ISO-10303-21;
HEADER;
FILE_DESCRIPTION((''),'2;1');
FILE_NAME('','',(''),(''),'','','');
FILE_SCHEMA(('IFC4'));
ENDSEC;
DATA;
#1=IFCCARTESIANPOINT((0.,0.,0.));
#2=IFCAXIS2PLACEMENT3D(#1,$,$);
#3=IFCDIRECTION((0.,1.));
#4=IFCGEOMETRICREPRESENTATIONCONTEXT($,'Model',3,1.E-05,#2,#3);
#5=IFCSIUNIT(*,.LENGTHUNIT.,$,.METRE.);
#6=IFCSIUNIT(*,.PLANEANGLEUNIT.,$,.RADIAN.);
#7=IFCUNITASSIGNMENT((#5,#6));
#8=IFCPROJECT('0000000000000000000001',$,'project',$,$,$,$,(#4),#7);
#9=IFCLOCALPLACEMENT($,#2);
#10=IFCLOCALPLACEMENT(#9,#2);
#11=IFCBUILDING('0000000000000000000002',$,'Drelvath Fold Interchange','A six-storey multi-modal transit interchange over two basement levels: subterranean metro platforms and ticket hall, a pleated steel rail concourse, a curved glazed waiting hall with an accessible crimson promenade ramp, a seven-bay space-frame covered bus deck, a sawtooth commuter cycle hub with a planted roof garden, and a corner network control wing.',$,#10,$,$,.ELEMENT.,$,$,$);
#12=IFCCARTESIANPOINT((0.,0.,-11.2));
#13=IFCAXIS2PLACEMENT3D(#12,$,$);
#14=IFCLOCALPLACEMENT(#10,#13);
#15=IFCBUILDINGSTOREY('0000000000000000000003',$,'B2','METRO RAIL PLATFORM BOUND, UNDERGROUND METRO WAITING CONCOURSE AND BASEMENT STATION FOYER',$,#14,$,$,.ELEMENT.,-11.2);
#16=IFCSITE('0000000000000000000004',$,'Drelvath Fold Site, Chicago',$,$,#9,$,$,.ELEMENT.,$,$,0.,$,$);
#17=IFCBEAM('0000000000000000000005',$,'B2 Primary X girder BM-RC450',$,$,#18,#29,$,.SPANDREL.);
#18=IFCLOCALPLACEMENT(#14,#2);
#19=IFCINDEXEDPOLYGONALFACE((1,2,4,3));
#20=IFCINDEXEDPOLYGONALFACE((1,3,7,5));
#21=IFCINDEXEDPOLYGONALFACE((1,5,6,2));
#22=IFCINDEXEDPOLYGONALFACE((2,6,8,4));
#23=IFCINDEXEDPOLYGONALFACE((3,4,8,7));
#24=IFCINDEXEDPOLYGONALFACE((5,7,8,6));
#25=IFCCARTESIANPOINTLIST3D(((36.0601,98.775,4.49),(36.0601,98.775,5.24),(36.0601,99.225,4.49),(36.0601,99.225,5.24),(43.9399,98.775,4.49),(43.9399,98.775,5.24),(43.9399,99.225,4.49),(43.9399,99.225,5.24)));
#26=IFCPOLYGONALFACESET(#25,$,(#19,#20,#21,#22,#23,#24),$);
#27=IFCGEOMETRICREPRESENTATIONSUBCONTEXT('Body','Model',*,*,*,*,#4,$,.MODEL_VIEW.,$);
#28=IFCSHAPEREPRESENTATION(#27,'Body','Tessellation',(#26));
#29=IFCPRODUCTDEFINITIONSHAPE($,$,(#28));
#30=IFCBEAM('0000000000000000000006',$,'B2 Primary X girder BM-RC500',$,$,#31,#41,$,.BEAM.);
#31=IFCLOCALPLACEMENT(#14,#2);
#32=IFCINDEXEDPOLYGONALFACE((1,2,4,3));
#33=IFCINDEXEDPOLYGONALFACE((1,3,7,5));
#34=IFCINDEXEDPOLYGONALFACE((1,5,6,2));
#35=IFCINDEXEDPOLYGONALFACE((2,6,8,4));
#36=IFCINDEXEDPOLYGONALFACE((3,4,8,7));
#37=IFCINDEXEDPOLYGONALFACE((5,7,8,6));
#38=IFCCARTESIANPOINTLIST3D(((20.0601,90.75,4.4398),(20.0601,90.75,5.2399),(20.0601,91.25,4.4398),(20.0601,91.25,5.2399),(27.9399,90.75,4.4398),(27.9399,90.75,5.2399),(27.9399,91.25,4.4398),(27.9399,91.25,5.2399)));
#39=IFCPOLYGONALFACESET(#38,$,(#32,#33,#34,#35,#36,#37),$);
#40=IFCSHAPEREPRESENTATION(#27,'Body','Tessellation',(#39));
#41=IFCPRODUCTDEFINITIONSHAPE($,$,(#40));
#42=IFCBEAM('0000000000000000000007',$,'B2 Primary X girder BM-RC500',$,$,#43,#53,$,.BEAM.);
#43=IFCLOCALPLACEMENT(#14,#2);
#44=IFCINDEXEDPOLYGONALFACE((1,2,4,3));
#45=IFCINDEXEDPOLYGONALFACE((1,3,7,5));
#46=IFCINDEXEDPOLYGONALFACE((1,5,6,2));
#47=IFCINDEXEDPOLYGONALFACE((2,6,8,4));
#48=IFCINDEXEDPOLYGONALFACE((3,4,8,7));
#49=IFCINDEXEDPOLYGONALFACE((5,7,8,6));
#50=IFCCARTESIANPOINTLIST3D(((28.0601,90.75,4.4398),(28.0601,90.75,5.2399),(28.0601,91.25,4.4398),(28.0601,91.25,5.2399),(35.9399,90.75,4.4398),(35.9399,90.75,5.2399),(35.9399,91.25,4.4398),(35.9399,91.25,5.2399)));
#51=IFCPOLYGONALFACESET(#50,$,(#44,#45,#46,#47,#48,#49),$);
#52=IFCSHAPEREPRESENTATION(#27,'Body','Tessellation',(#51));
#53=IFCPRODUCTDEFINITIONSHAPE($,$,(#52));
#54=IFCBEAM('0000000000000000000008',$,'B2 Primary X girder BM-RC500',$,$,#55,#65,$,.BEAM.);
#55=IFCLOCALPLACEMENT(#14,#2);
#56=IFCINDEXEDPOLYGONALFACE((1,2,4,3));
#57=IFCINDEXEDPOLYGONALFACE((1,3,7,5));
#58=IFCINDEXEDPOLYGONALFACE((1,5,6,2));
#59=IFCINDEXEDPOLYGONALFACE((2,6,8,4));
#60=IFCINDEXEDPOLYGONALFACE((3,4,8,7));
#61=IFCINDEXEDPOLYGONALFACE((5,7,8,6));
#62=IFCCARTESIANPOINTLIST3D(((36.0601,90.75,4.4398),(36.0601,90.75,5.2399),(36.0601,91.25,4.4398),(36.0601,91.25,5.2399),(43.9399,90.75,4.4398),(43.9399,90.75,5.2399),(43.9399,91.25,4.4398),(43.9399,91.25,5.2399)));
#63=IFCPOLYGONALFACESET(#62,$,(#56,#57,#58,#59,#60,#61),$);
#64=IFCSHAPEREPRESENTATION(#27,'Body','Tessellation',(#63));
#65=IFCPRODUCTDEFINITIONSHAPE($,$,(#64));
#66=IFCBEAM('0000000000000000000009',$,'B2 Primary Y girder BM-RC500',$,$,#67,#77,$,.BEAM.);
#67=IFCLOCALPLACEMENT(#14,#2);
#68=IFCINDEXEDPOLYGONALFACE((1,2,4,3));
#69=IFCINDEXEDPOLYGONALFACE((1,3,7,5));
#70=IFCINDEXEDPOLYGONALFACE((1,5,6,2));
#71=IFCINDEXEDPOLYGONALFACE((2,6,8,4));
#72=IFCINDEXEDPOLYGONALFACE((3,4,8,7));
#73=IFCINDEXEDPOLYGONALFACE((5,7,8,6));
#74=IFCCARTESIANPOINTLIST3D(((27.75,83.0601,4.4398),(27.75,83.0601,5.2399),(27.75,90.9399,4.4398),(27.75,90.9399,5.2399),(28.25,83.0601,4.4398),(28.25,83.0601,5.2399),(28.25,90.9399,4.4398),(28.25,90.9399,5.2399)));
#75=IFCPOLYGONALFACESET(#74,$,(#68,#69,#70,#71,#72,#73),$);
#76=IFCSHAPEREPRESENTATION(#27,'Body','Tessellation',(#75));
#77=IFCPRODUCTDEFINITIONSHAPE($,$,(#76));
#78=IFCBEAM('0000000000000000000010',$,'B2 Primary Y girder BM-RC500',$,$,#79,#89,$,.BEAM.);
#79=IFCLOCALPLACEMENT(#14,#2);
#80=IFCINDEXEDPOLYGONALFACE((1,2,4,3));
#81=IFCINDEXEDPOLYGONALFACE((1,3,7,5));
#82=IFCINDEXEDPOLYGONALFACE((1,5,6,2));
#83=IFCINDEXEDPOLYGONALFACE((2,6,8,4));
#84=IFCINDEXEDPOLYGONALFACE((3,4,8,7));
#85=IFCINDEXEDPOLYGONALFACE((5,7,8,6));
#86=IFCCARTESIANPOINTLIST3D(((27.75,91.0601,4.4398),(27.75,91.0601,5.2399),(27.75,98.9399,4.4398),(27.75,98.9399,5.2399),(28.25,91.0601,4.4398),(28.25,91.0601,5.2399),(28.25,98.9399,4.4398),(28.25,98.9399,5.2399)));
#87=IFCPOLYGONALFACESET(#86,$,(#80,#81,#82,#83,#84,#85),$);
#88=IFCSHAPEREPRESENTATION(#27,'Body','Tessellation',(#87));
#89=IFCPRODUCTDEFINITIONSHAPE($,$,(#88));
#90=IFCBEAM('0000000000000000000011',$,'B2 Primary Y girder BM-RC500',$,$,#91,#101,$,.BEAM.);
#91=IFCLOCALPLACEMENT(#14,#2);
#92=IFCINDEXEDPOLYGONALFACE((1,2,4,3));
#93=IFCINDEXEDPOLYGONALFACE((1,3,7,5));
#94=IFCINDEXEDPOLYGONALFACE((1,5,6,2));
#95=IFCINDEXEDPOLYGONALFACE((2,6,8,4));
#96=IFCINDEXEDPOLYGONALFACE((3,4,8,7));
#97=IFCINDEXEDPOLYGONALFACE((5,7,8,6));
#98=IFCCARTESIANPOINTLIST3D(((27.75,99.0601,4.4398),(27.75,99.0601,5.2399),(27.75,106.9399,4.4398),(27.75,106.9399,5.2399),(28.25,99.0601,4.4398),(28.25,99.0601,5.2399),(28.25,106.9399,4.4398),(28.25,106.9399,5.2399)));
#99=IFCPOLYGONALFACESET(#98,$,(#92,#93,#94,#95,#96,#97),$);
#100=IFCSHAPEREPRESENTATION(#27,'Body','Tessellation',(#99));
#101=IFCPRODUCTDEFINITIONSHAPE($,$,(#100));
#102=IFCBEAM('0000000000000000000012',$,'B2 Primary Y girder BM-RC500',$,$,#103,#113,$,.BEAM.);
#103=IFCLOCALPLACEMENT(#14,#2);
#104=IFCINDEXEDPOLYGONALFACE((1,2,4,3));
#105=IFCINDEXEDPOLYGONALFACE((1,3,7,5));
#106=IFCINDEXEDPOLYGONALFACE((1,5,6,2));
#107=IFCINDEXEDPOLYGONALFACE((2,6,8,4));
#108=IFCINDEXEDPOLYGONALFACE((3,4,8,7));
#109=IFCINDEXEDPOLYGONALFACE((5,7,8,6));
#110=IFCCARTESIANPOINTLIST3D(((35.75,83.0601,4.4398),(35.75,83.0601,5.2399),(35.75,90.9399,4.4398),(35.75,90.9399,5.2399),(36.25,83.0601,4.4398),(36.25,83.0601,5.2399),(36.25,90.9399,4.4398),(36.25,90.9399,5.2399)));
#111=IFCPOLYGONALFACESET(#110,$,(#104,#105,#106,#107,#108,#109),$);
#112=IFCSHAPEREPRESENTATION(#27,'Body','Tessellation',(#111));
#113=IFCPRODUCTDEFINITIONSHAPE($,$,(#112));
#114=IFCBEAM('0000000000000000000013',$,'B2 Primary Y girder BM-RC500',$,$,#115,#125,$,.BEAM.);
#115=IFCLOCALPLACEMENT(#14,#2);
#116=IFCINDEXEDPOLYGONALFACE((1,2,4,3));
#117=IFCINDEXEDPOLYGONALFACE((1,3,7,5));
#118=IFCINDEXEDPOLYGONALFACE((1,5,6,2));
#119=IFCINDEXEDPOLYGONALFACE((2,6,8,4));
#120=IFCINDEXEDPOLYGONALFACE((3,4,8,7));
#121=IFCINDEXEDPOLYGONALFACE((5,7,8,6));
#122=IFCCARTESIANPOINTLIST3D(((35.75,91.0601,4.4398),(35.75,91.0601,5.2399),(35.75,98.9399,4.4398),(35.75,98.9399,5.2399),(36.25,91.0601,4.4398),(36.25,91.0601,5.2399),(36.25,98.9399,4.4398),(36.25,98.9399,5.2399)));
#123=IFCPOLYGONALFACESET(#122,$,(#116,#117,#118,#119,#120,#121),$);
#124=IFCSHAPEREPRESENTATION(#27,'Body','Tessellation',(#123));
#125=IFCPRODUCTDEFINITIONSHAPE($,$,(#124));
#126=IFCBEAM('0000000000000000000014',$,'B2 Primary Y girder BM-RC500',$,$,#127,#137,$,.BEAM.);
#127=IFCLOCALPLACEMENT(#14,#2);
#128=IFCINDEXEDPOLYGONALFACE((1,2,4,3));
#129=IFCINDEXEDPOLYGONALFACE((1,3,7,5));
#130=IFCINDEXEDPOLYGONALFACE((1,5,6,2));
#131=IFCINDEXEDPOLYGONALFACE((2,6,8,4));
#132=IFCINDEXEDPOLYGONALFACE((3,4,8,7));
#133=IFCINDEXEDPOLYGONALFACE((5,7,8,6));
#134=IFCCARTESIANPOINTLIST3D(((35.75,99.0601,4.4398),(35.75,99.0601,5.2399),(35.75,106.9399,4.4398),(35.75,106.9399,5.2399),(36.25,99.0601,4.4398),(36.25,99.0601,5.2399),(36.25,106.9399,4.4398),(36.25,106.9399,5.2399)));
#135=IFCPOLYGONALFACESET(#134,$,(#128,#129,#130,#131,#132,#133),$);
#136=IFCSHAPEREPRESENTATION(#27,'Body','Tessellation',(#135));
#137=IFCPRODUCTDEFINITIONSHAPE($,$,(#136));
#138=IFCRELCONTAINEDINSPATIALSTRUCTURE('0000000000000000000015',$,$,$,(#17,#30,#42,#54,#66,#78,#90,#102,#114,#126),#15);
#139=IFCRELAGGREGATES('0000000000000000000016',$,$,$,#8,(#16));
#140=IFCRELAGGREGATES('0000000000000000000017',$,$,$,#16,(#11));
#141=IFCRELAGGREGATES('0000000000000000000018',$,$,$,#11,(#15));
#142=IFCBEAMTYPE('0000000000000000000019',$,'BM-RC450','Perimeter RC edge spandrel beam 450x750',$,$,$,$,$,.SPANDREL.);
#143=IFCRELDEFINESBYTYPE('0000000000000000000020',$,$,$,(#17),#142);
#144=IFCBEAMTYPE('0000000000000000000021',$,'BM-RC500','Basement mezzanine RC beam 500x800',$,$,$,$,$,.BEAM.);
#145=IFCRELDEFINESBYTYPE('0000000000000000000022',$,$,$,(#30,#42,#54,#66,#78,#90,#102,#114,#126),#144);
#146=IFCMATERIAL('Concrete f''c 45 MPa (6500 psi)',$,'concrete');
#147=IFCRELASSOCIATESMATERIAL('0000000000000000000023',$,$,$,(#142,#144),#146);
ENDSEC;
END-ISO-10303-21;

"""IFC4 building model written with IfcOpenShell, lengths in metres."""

from ifc_helpers import new_model, si_unit, direction, frame, origin, origin_2d, place, context, subcontext, project, spatial, rectangle, extrude, material, material_profile, profile_set, type_object, element, save


model = new_model("IFC4")

# Units and contexts
model_context = context("Model", 3, precision=1e-05, world=origin(), true_north=direction((0.0, 1.0)))
body_context = subcontext(model_context, "Body", "Model", "MODEL_VIEW")
ifc_project = project(units=[si_unit("LENGTHUNIT", "METRE"), si_unit("PLANEANGLEUNIT", "RADIAN")], contexts=[model_context])

# Site, building, storey
site_placement = place(None, origin())
site = spatial("IfcSite", under=ifc_project, at=site_placement, Name="Drelvath Fold Site, Chicago", CompositionType="ELEMENT", RefElevation=0.0)
building_placement = place(site_placement, origin())
building = spatial("IfcBuilding", under=site, at=building_placement, Name="Drelvath Fold Interchange", Description="A six-storey multi-modal transit interchange over two basement levels: subterranean metro platforms and ticket hall, a pleated steel rail concourse, a curved glazed waiting hall with an accessible crimson promenade ramp, a seven-bay space-frame covered bus deck, a sawtooth commuter cycle hub with a planted roof garden, and a corner network control wing.", CompositionType="ELEMENT")
storey_placement = place(building_placement, frame((0.0, 0.0, -11.2)))
storey = spatial("IfcBuildingStorey", under=building, at=storey_placement, Name="B2", Description="METRO RAIL PLATFORM BOUND, UNDERGROUND METRO WAITING CONCOURSE AND BASEMENT STATION FOYER", CompositionType="ELEMENT", Elevation=-11.2)

# Beams
ifc_material_1 = material(Name="Concrete f'c 45 MPa (6500 psi)", Category="concrete")
ifc_material_profile_1 = material_profile(ifc_material_1, rectangle(XDim=0.45, YDim=0.75, at=origin_2d()), Name="RC 450x750")
ifc_profile_set_1 = profile_set([ifc_material_profile_1], Name="Concrete f'c 45 MPa (6500 psi)")
beam_type_1 = type_object("IfcBeamType", Name="BM-RC450", Description="Perimeter RC edge spandrel beam 450x750", PredefinedType="SPANDREL", material=ifc_profile_set_1)
for number, where, z_axis, x_axis, name in (
    (1, (36.0601, 99.0, 4.865), (1.0, 0.0, 0.0), (0.0, 1.0, 0.0), "B2 Primary X girder BM-RC450"),
):
    element("IfcBeam", number, at=place(storey_placement, frame(where, z_axis=z_axis, x_axis=x_axis)), inside=storey, type_object=beam_type_1, Name=name, PredefinedType="SPANDREL", context=body_context, shape_type="SweptSolid", body=[
        extrude(rectangle(XDim=0.45, YDim=0.75, at=origin_2d()), origin(), (0.0, 0.0, 1.0), 7.8799),
    ])
ifc_material_profile_2 = material_profile(ifc_material_1, rectangle(XDim=0.5, YDim=0.8, at=origin_2d()), Name="RC 500x800")
ifc_profile_set_2 = profile_set([ifc_material_profile_2], Name="Concrete f'c 45 MPa (6500 psi)")
beam_type_2 = type_object("IfcBeamType", Name="BM-RC500", Description="Basement mezzanine RC beam 500x800", PredefinedType="BEAM", material=ifc_profile_set_2)
for number, where, z_axis, x_axis, name in (
    (2, (20.0601, 91.0, 4.8398), (1.0, 0.0, 0.0), (0.0, 1.0, 0.0), "B2 Primary X girder BM-RC500"),
    (3, (28.0601, 91.0, 4.8398), (1.0, 0.0, 0.0), (0.0, 1.0, 0.0), "B2 Primary X girder BM-RC500"),
    (4, (36.0601, 91.0, 4.8398), (1.0, 0.0, 0.0), (0.0, 1.0, 0.0), "B2 Primary X girder BM-RC500"),
    (5, (28.0, 83.0601, 4.8398), (0.0, 1.0, 0.0), (-1.0, 0.0, 0.0), "B2 Primary Y girder BM-RC500"),
    (6, (28.0, 91.0601, 4.8398), (0.0, 1.0, 0.0), (-1.0, 0.0, 0.0), "B2 Primary Y girder BM-RC500"),
    (7, (28.0, 99.0601, 4.8398), (0.0, 1.0, 0.0), (-1.0, 0.0, 0.0), "B2 Primary Y girder BM-RC500"),
    (8, (36.0, 83.0601, 4.8398), (0.0, 1.0, 0.0), (-1.0, 0.0, 0.0), "B2 Primary Y girder BM-RC500"),
    (9, (36.0, 91.0601, 4.8398), (0.0, 1.0, 0.0), (-1.0, 0.0, 0.0), "B2 Primary Y girder BM-RC500"),
    (10, (36.0, 99.0601, 4.8398), (0.0, 1.0, 0.0), (-1.0, 0.0, 0.0), "B2 Primary Y girder BM-RC500"),
):
    element("IfcBeam", number, at=place(storey_placement, frame(where, z_axis=z_axis, x_axis=x_axis)), inside=storey, type_object=beam_type_2, Name=name, PredefinedType="BEAM", context=body_context, shape_type="SweptSolid", body=[
        extrude(rectangle(XDim=0.5, YDim=0.8, at=origin_2d()), origin(), (0.0, 0.0, 1.0), 7.8799),
    ])

save(model, "model.ifc")
